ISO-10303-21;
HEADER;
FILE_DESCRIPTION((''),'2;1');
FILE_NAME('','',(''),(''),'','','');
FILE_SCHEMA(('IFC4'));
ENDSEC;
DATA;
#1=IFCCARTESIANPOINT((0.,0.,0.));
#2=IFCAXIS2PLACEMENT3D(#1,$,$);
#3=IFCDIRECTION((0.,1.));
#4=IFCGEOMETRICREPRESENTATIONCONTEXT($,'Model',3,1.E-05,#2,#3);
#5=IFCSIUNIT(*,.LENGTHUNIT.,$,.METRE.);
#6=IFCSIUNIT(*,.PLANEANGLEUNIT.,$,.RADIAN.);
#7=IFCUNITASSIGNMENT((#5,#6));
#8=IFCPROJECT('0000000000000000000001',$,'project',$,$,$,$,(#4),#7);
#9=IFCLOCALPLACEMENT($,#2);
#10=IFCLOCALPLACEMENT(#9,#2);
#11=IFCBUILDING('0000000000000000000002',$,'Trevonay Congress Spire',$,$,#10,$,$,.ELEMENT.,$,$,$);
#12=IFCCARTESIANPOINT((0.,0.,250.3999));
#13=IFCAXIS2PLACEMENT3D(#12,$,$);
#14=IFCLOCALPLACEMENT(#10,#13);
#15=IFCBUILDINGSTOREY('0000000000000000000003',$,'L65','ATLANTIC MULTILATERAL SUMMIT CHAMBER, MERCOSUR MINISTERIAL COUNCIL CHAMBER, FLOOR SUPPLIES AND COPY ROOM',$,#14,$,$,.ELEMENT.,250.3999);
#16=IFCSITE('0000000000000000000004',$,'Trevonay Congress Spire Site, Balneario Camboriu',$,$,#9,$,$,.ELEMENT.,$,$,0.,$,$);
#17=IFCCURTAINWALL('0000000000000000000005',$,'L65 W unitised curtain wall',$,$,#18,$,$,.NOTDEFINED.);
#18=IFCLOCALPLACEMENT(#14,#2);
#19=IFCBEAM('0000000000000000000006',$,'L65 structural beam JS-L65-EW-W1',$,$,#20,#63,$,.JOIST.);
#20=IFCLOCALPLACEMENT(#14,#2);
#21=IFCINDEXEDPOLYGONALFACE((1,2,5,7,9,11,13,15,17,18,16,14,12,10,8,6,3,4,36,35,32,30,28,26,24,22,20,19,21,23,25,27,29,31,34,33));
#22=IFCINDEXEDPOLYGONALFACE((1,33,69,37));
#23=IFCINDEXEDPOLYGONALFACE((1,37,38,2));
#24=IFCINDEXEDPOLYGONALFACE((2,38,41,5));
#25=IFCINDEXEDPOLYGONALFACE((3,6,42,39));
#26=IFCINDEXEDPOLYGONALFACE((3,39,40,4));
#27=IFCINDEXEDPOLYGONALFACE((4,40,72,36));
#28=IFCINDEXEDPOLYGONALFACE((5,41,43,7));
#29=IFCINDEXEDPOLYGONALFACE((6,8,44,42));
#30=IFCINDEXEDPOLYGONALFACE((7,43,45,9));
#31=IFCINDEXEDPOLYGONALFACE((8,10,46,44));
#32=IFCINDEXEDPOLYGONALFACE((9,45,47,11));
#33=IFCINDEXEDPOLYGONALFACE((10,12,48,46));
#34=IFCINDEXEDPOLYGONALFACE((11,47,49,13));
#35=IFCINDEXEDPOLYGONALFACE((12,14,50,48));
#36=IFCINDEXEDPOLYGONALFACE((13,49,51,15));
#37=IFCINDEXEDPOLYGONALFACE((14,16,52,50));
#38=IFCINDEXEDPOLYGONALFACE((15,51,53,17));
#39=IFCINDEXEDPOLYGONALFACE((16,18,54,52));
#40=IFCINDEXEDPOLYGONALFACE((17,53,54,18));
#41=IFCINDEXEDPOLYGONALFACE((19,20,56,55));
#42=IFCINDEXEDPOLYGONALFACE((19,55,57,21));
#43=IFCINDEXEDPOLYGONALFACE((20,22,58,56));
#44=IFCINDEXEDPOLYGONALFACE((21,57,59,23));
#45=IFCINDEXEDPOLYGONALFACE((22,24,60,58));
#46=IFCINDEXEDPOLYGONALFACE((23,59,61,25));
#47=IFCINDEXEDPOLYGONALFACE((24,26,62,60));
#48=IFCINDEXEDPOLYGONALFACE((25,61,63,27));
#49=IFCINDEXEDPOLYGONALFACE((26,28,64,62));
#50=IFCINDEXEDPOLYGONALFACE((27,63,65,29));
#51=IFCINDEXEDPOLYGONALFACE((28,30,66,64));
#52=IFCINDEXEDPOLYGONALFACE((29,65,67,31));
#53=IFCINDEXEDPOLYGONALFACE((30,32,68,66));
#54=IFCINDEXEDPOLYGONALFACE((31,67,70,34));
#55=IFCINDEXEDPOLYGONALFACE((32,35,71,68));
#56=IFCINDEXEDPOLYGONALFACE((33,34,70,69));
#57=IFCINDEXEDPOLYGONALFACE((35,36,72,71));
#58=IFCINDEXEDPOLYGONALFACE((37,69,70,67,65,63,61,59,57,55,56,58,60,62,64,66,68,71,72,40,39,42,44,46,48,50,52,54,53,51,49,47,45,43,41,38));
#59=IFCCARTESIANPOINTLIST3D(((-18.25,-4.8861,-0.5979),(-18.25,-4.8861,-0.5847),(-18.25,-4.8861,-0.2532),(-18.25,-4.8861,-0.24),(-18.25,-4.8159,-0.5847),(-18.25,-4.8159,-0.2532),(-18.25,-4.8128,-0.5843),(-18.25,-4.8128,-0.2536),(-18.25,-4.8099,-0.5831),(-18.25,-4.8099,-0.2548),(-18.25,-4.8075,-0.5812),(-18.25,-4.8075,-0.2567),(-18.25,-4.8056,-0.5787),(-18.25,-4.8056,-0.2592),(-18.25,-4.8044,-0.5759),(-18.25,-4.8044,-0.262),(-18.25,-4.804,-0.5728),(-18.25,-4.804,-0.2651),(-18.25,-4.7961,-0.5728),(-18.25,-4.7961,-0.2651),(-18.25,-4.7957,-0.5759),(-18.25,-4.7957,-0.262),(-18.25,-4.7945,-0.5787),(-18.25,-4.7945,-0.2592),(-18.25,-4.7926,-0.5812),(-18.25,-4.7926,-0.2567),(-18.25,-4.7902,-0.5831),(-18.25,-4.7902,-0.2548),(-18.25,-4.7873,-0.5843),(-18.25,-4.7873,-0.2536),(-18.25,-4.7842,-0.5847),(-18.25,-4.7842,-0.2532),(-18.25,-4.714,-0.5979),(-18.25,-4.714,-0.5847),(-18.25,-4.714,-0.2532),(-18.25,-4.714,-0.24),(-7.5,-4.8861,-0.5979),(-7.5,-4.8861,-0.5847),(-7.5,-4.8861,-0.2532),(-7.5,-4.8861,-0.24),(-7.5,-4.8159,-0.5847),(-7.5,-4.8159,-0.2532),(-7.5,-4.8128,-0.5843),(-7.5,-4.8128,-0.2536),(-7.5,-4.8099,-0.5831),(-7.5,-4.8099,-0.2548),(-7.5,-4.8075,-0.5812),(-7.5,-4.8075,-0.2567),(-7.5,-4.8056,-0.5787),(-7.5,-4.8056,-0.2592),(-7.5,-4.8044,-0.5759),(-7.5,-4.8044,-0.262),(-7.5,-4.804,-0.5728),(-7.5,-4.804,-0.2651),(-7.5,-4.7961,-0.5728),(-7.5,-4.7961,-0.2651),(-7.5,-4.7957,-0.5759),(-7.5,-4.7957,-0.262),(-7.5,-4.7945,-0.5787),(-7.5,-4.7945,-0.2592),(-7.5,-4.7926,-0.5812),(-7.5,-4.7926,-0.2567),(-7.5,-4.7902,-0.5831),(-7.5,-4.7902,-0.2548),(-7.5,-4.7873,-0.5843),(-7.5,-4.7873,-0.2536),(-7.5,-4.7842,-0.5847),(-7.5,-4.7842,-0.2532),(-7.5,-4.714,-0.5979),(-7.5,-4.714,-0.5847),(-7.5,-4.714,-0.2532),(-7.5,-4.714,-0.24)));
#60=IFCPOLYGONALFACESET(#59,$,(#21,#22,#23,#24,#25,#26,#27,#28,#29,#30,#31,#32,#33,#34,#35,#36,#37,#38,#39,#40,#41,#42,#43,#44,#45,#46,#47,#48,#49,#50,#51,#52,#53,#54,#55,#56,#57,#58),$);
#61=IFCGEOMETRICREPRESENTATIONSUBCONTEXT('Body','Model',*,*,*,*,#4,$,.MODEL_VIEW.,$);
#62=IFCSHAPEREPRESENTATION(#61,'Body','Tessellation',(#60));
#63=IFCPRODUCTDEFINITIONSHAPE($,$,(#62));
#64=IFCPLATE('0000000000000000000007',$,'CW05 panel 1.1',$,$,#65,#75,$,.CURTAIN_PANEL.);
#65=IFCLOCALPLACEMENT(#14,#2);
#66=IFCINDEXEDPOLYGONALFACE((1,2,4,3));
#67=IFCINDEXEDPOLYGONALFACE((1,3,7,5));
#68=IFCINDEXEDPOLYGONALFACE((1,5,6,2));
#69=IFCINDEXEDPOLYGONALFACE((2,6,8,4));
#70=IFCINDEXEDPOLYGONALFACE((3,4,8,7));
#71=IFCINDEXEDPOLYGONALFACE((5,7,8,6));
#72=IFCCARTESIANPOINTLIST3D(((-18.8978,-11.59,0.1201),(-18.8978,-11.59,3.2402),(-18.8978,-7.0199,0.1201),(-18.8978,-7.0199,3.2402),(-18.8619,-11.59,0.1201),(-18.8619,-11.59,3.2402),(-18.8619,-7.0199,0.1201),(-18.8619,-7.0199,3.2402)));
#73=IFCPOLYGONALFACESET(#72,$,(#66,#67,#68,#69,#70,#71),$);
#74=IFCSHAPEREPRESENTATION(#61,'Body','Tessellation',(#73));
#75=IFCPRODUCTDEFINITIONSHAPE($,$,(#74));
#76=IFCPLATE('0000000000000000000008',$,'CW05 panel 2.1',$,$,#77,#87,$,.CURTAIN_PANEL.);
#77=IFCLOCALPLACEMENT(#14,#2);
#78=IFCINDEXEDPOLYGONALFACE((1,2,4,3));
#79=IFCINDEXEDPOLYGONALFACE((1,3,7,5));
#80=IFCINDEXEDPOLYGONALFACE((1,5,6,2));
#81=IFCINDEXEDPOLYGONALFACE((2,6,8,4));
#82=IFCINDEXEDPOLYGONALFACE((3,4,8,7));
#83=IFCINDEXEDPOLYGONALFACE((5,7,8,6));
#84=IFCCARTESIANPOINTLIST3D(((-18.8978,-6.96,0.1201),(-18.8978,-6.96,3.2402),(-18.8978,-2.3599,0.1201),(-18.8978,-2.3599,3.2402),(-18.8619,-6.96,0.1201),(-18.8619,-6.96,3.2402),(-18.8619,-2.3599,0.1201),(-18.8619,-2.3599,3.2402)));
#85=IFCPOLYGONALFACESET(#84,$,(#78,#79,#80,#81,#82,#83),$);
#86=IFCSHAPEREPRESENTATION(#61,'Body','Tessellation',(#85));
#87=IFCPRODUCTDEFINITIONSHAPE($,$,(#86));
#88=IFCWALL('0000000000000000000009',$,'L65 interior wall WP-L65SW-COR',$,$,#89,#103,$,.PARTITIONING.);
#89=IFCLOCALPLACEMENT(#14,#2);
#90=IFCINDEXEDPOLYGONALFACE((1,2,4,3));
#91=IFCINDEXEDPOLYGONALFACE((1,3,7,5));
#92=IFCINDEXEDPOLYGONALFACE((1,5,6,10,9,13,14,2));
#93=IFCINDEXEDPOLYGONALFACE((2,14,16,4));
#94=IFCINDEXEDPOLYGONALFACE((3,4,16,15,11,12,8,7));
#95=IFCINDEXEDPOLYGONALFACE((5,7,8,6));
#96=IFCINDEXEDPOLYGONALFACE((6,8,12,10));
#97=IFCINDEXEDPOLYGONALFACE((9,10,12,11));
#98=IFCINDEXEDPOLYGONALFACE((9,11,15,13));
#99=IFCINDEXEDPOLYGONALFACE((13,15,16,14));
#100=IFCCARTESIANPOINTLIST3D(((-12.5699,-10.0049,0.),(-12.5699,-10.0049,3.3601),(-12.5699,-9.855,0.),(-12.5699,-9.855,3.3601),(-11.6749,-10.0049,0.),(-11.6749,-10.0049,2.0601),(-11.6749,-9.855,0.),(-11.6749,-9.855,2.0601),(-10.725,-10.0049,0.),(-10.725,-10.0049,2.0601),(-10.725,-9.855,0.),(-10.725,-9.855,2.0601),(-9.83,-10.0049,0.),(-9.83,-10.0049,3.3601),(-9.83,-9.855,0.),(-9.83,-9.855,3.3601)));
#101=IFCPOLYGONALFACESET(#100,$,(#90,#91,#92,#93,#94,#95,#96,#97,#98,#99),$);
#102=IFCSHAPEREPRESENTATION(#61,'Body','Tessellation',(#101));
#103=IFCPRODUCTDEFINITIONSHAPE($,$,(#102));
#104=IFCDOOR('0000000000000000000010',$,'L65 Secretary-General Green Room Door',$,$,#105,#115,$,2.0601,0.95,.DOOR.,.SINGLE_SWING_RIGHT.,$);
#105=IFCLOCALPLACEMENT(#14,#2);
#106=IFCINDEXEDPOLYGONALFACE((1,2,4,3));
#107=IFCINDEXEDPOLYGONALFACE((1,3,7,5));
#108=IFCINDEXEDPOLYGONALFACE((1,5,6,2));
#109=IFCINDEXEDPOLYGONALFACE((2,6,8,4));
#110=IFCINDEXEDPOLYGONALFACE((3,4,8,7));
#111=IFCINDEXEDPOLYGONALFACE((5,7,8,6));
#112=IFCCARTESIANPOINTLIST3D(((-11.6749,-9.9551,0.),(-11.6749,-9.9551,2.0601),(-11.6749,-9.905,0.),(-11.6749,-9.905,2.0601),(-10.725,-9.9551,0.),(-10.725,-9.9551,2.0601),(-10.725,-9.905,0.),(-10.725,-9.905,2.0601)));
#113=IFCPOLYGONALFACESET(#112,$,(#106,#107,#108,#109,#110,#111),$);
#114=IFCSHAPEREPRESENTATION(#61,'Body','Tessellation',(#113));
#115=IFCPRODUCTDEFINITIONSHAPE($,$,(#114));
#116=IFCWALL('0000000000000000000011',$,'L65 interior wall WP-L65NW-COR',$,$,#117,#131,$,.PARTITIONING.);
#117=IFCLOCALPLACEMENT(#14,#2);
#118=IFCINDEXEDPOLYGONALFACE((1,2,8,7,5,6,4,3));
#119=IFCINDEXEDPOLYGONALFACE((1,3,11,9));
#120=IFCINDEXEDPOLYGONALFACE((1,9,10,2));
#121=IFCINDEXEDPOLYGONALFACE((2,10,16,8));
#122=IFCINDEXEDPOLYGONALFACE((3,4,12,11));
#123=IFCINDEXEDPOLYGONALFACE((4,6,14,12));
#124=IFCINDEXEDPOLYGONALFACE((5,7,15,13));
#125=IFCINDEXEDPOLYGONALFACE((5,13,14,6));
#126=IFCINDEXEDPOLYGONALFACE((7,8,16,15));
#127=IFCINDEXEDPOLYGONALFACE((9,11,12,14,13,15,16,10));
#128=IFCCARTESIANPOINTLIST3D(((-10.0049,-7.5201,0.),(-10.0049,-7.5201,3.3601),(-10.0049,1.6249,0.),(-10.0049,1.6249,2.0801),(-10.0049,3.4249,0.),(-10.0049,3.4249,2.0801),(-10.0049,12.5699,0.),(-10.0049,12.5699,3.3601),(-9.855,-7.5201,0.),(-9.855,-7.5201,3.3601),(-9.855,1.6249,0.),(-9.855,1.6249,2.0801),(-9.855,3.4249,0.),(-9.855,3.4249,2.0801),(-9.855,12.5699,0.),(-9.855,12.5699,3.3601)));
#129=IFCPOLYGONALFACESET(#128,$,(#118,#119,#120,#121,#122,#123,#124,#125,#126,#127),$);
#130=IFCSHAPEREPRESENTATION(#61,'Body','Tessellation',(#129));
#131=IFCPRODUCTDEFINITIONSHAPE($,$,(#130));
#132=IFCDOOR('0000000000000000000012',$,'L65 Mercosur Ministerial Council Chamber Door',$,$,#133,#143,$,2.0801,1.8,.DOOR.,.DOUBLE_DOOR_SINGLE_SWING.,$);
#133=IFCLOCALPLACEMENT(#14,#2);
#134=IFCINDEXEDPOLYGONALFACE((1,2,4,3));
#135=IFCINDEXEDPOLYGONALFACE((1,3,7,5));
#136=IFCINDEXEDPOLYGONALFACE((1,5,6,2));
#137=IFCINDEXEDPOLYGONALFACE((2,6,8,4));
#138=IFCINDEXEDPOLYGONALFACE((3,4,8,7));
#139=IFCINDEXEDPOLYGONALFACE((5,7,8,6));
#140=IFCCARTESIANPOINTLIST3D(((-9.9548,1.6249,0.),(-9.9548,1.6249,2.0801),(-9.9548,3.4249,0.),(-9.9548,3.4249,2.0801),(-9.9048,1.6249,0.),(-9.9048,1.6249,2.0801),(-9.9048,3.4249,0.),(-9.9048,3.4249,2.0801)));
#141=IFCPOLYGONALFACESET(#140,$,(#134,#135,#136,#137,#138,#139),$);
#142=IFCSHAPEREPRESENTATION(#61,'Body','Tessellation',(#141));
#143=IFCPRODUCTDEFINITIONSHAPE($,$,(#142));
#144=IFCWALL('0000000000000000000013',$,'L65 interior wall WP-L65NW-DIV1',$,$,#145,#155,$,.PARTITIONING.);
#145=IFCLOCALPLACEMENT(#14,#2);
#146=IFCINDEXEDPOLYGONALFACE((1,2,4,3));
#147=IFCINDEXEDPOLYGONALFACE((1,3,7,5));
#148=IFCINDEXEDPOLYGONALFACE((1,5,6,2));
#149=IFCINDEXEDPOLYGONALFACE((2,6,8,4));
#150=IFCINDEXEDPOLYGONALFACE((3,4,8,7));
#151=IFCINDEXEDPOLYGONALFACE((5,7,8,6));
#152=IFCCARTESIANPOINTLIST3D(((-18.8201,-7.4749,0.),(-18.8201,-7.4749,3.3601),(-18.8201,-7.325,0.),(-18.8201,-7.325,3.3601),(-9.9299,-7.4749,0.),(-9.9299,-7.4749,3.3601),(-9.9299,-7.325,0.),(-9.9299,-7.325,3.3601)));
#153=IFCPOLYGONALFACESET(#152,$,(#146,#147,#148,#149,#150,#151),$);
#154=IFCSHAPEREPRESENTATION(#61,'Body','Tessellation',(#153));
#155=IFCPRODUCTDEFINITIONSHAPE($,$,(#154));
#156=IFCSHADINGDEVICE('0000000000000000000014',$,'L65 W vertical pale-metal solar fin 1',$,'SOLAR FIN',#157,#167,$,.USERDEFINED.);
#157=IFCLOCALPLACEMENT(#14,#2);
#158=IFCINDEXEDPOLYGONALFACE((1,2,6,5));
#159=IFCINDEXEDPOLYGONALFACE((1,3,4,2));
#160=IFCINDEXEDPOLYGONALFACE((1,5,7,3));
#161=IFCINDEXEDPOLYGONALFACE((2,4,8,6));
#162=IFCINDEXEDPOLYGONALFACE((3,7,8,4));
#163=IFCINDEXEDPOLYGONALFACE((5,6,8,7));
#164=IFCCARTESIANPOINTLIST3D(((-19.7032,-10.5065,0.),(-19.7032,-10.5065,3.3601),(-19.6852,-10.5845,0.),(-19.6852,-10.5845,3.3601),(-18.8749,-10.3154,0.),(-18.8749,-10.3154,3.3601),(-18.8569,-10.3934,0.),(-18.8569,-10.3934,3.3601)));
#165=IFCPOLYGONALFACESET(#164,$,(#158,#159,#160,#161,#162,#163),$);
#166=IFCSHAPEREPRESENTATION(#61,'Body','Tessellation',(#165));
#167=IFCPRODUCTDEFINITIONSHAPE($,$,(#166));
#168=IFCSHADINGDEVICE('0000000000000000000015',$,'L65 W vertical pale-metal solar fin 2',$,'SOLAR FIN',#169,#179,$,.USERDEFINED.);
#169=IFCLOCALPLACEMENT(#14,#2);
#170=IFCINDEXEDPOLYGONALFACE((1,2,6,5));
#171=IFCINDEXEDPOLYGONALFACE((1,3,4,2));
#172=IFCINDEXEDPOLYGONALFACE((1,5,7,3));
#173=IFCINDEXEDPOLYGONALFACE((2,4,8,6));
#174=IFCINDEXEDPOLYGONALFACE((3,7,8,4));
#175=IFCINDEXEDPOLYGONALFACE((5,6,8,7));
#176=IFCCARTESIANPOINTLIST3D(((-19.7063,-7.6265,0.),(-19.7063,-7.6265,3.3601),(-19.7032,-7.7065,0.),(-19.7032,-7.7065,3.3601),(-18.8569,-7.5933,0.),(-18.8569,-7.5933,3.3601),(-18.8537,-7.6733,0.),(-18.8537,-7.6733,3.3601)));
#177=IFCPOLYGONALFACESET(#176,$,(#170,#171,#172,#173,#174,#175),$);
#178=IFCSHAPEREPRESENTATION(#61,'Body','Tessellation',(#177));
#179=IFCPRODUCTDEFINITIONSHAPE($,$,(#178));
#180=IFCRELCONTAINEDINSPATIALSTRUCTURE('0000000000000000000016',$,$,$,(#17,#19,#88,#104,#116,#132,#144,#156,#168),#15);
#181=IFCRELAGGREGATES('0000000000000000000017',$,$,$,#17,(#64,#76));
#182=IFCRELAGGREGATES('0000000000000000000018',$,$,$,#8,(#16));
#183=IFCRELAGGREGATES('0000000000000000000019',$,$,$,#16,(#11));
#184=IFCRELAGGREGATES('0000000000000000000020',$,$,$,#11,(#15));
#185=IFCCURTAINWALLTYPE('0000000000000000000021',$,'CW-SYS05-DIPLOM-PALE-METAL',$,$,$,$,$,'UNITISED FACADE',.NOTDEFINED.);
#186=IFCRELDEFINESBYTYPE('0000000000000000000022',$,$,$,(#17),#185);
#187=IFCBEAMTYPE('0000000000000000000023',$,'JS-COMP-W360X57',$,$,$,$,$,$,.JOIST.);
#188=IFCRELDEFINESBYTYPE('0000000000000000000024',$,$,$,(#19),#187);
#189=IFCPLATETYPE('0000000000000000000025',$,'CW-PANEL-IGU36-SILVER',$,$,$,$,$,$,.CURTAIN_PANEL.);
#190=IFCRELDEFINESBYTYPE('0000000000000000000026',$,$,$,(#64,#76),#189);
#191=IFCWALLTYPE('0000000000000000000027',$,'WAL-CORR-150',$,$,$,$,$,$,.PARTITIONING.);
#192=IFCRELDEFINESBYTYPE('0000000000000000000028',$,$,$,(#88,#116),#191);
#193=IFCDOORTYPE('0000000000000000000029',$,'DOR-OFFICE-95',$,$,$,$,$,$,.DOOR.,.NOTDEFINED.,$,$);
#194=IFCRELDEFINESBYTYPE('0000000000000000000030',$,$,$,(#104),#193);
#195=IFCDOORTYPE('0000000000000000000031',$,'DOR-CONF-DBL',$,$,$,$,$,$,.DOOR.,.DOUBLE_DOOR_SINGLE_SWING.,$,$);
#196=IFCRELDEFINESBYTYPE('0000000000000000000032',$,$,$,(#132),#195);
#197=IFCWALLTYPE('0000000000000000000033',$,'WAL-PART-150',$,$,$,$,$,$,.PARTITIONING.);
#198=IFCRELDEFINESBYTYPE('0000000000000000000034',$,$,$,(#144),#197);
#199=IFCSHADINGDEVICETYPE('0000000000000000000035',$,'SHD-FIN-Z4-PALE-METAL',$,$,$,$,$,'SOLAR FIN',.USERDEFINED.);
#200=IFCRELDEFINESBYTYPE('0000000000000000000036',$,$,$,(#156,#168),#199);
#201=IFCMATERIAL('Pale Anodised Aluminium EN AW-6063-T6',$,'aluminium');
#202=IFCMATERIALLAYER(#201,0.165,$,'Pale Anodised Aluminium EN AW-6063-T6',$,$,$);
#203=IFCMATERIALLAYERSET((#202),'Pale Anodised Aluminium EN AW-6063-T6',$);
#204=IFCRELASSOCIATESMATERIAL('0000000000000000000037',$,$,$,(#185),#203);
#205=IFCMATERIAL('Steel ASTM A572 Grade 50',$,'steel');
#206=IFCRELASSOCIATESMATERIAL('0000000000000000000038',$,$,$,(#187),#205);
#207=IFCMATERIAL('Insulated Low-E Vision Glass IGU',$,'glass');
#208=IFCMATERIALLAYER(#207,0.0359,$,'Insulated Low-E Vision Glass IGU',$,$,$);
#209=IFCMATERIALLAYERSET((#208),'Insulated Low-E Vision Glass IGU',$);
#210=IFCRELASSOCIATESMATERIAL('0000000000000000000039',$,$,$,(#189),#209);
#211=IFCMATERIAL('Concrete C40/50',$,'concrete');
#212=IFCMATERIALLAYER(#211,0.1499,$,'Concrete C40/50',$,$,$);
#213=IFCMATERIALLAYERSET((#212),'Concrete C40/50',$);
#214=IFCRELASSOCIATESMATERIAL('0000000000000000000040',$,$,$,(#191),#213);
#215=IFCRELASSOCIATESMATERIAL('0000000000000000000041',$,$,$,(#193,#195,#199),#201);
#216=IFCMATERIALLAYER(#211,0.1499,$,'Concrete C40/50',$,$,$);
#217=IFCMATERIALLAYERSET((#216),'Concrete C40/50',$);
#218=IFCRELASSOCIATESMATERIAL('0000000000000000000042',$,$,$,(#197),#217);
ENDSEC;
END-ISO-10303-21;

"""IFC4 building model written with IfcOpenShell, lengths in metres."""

from ifc_helpers import new_model, si_unit, direction, frame, frame_2d, origin, origin_2d, place, context, subcontext, project, spatial, rectangle, i_section, extrude, material, layer, layer_set, material_profile, profile_set, type_object, element, fill, aggregate, save


model = new_model("IFC4")

# Units and contexts
model_context = context("Model", 3, precision=1e-05, world=origin(), true_north=direction((0.0, 1.0)))
body_context = subcontext(model_context, "Body", "Model", "MODEL_VIEW")
ifc_project = project(units=[si_unit("LENGTHUNIT", "METRE"), si_unit("PLANEANGLEUNIT", "RADIAN")], contexts=[model_context])

# Site, building, storey
site_placement = place(None, origin())
site = spatial("IfcSite", under=ifc_project, at=site_placement, Name="Trevonay Congress Spire Site, Balneario Camboriu", CompositionType="ELEMENT", RefElevation=0.0)
building_placement = place(site_placement, origin())
building = spatial("IfcBuilding", under=site, at=building_placement, Name="Trevonay Congress Spire", CompositionType="ELEMENT")
storey_placement = place(building_placement, frame((0.0, 0.0, 250.3999)))
storey = spatial("IfcBuildingStorey", under=building, at=storey_placement, Name="L65", Description="ATLANTIC MULTILATERAL SUMMIT CHAMBER, MERCOSUR MINISTERIAL COUNCIL CHAMBER, FLOOR SUPPLIES AND COPY ROOM", CompositionType="ELEMENT", Elevation=250.3999)

# Shared definitions
ifc_material_1 = material(Name="Steel ASTM A572 Grade 50", Category="steel")

# Curtain wall
ifc_material_2 = material(Name="Pale Anodised Aluminium EN AW-6063-T6", Category="aluminium")
ifc_layer_1 = layer(ifc_material_2, 0.165, Name="Pale Anodised Aluminium EN AW-6063-T6")
ifc_layer_set_1 = layer_set([ifc_layer_1], Name="Pale Anodised Aluminium EN AW-6063-T6")
curtain_wall_type = type_object("IfcCurtainWallType", Name="CW-SYS05-DIPLOM-PALE-METAL", ElementType="UNITISED FACADE", PredefinedType="NOTDEFINED", material=ifc_layer_set_1)
curtain_wall_placement = place(storey_placement, origin())
curtain_wall = element("IfcCurtainWall", 1, at=curtain_wall_placement, inside=storey, type_object=curtain_wall_type, Name="L65 W unitised curtain wall", PredefinedType="NOTDEFINED")

# Beam
ifc_material_profile_1 = material_profile(ifc_material_1, i_section(OverallWidth=0.1721, OverallDepth=0.3579, WebThickness=0.0078, FlangeThickness=0.0132, FilletRadius=0.012, at=origin_2d()), Name="W360x57.8")
ifc_profile_set_1 = profile_set([ifc_material_profile_1], Name="Steel ASTM A572 Grade 50")
beam_type_1 = type_object("IfcBeamType", Name="JS-COMP-W360X57", PredefinedType="JOIST", material=ifc_profile_set_1)
beam_1_placement = place(storey_placement, frame((-18.25, -4.8, -0.4189), z_axis=(1.0, 0.0, 0.0), x_axis=(0.0, 1.0, 0.0)))
element("IfcBeam", 2, at=beam_1_placement, inside=storey, type_object=beam_type_1, Name="L65 structural beam JS-L65-EW-W1", PredefinedType="JOIST", context=body_context, shape_type="SweptSolid", body=[
    extrude(i_section(OverallWidth=0.1721, OverallDepth=0.3579, WebThickness=0.0078, FlangeThickness=0.0132, FilletRadius=0.012, at=origin_2d()), origin(), (0.0, 0.0, 1.0), 10.75),
])

# Plates
ifc_material_3 = material(Name="Insulated Low-E Vision Glass IGU", Category="glass")
ifc_layer_2 = layer(ifc_material_3, 0.0359, Name="Insulated Low-E Vision Glass IGU")
ifc_layer_set_2 = layer_set([ifc_layer_2], Name="Insulated Low-E Vision Glass IGU")
plate_type = type_object("IfcPlateType", Name="CW-PANEL-IGU36-SILVER", PredefinedType="CURTAIN_PANEL", material=ifc_layer_set_2)
plate_1_placement = place(storey_placement, frame((-18.8799, -9.3049, 0.1201), z_axis=(0.0, 0.0, 1.0), x_axis=(0.0, 1.0, 0.0)))
plate_1 = element("IfcPlate", 3, at=plate_1_placement, type_object=plate_type, Name="CW05 panel 1.1", PredefinedType="CURTAIN_PANEL", context=body_context, shape_type="SweptSolid", body=[
    extrude(rectangle(XDim=4.5701, YDim=0.0359, at=origin_2d()), origin(), (0.0, 0.0, 1.0), 3.1201),
])
plate_2_placement = place(storey_placement, frame((-18.8799, -4.6599, 0.1201), z_axis=(0.0, 0.0, 1.0), x_axis=(0.0, 1.0, 0.0)))
plate_2 = element("IfcPlate", 4, at=plate_2_placement, type_object=plate_type, Name="CW05 panel 2.1", PredefinedType="CURTAIN_PANEL", context=body_context, shape_type="SweptSolid", body=[
    extrude(rectangle(XDim=4.6001, YDim=0.0359, at=origin_2d()), origin(), (0.0, 0.0, 1.0), 3.1201),
])
aggregate(curtain_wall, [plate_1, plate_2])

# Walls, openings, doors
ifc_material_4 = material(Name="Concrete C40/50", Category="concrete")
ifc_layer_3 = layer(ifc_material_4, 0.1499, Name="Concrete C40/50")
ifc_layer_set_3 = layer_set([ifc_layer_3], Name="Concrete C40/50")
wall_type_1 = type_object("IfcWallType", Name="WAL-CORR-150", PredefinedType="PARTITIONING", material=ifc_layer_set_3)
wall_1_placement = place(storey_placement, frame((-12.5701, -9.9299, 0.0), z_axis=(0.0, 0.0, 1.0), x_axis=(1.0, 0.0, 0.0)))
wall_1 = element("IfcWall", 5, at=wall_1_placement, inside=storey, type_object=wall_type_1, Name="L65 interior wall WP-L65SW-COR", PredefinedType="PARTITIONING", context=body_context, shape_type="SweptSolid", body=[
    extrude(rectangle(XDim=2.74, YDim=0.1499, at=frame_2d((1.3701, 0.0))), origin(), (0.0, 0.0, 1.0), 3.3601),
])
opening_1_placement = place(wall_1_placement, frame((0.895, 0.0, 0.0)))
opening_1 = element("IfcOpeningElement", 6, at=opening_1_placement, cuts=wall_1, PredefinedType="OPENING", context=body_context, shape_type="SweptSolid", body=[
    extrude(rectangle(XDim=0.95, YDim=2.0601, at=frame_2d((0.4751, 1.03))), frame((0.0, 0.085, 0.0), z_axis=(0.0, -1.0, 0.0), x_axis=(1.0, 0.0, 0.0)), (0.0, 0.0, 1.0), 0.1699),
])
door_type_1 = type_object("IfcDoorType", Name="DOR-OFFICE-95", OperationType="NOTDEFINED", PredefinedType="DOOR", material=ifc_material_2)
door_1_placement = place(opening_1_placement, origin())
door_1 = element("IfcDoor", 7, at=door_1_placement, inside=storey, type_object=door_type_1, Name="L65 Secretary-General Green Room Door", OperationType="SINGLE_SWING_RIGHT", OverallHeight=2.0601, OverallWidth=0.95, PredefinedType="DOOR", context=body_context, shape_type="SweptSolid", body=[
    extrude(rectangle(XDim=0.95, YDim=2.0601, at=frame_2d((0.4751, 1.03))), frame((0.0, 0.0249, 0.0), z_axis=(0.0, -1.0, 0.0), x_axis=(1.0, 0.0, 0.0)), (0.0, 0.0, 1.0), 0.05),
])
fill(opening_1, door_1)
wall_2_placement = place(storey_placement, frame((-9.9299, -7.52, 0.0), z_axis=(0.0, 0.0, 1.0), x_axis=(0.0, 1.0, 0.0)))
wall_2 = element("IfcWall", 8, at=wall_2_placement, inside=storey, type_object=wall_type_1, Name="L65 interior wall WP-L65NW-COR", PredefinedType="PARTITIONING", context=body_context, shape_type="SweptSolid", body=[
    extrude(rectangle(XDim=20.0901, YDim=0.1499, at=frame_2d((10.0449, 0.0))), origin(), (0.0, 0.0, 1.0), 3.3601),
])
opening_2_placement = place(wall_2_placement, frame((9.145, 0.0, 0.0)))
opening_2 = element("IfcOpeningElement", 9, at=opening_2_placement, cuts=wall_2, PredefinedType="OPENING", context=body_context, shape_type="SweptSolid", body=[
    extrude(rectangle(XDim=1.8, YDim=2.0801, at=frame_2d((0.8999, 1.04))), frame((0.0, 0.085, 0.0), z_axis=(0.0, -1.0, 0.0), x_axis=(1.0, 0.0, 0.0)), (0.0, 0.0, 1.0), 0.1699),
])
door_type_2 = type_object("IfcDoorType", Name="DOR-CONF-DBL", OperationType="DOUBLE_DOOR_SINGLE_SWING", PredefinedType="DOOR", material=ifc_material_2)
door_2_placement = place(opening_2_placement, origin())
door_2 = element("IfcDoor", 10, at=door_2_placement, inside=storey, type_object=door_type_2, Name="L65 Mercosur Ministerial Council Chamber Door", OperationType="DOUBLE_DOOR_SINGLE_SWING", OverallHeight=2.0801, OverallWidth=1.8, PredefinedType="DOOR", context=body_context, shape_type="SweptSolid", body=[
    extrude(rectangle(XDim=1.8, YDim=2.0801, at=frame_2d((0.8999, 1.04))), frame((0.0, 0.0249, 0.0), z_axis=(0.0, -1.0, 0.0), x_axis=(1.0, 0.0, 0.0)), (0.0, 0.0, 1.0), 0.05),
])
fill(opening_2, door_2)

# Wall
ifc_layer_4 = layer(ifc_material_4, 0.1499, Name="Concrete C40/50")
ifc_layer_set_4 = layer_set([ifc_layer_4], Name="Concrete C40/50")
wall_type_2 = type_object("IfcWallType", Name="WAL-PART-150", PredefinedType="PARTITIONING", material=ifc_layer_set_4)
wall_3_placement = place(storey_placement, frame((-18.8201, -7.3999, 0.0), z_axis=(0.0, 0.0, 1.0), x_axis=(1.0, 0.0, 0.0)))
element("IfcWall", 11, at=wall_3_placement, inside=storey, type_object=wall_type_2, Name="L65 interior wall WP-L65NW-DIV1", PredefinedType="PARTITIONING", context=body_context, shape_type="SweptSolid", body=[
    extrude(rectangle(XDim=8.8901, YDim=0.1499, at=frame_2d((4.4451, 0.0))), origin(), (0.0, 0.0, 1.0), 3.3601),
])

# Shading devices
shading_device_type = type_object("IfcShadingDeviceType", Name="SHD-FIN-Z4-PALE-METAL", ElementType="SOLAR FIN", PredefinedType="USERDEFINED", material=ifc_material_2)
for number, where, z_axis, x_axis, name in (
    (12, (-19.28, -10.45, 0.0), (0.0, 0.0, 1.0), (-0.224781, 0.974409, 0.0), "L65 W vertical pale-metal solar fin 1"),
    (13, (-19.28, -7.6499, 0.0), (0.0, 0.0, 1.0), (-0.039085, 0.999236, 0.0), "L65 W vertical pale-metal solar fin 2"),
):
    element("IfcShadingDevice", number, at=place(storey_placement, frame(where, z_axis=z_axis, x_axis=x_axis)), inside=storey, type_object=shading_device_type, Name=name, ObjectType="SOLAR FIN", PredefinedType="USERDEFINED", context=body_context, shape_type="SweptSolid", body=[
        extrude(rectangle(XDim=0.0801, YDim=0.8501, at=origin_2d()), origin(), (0.0, 0.0, 1.0), 3.3601),
    ])

save(model, "model.ifc")
